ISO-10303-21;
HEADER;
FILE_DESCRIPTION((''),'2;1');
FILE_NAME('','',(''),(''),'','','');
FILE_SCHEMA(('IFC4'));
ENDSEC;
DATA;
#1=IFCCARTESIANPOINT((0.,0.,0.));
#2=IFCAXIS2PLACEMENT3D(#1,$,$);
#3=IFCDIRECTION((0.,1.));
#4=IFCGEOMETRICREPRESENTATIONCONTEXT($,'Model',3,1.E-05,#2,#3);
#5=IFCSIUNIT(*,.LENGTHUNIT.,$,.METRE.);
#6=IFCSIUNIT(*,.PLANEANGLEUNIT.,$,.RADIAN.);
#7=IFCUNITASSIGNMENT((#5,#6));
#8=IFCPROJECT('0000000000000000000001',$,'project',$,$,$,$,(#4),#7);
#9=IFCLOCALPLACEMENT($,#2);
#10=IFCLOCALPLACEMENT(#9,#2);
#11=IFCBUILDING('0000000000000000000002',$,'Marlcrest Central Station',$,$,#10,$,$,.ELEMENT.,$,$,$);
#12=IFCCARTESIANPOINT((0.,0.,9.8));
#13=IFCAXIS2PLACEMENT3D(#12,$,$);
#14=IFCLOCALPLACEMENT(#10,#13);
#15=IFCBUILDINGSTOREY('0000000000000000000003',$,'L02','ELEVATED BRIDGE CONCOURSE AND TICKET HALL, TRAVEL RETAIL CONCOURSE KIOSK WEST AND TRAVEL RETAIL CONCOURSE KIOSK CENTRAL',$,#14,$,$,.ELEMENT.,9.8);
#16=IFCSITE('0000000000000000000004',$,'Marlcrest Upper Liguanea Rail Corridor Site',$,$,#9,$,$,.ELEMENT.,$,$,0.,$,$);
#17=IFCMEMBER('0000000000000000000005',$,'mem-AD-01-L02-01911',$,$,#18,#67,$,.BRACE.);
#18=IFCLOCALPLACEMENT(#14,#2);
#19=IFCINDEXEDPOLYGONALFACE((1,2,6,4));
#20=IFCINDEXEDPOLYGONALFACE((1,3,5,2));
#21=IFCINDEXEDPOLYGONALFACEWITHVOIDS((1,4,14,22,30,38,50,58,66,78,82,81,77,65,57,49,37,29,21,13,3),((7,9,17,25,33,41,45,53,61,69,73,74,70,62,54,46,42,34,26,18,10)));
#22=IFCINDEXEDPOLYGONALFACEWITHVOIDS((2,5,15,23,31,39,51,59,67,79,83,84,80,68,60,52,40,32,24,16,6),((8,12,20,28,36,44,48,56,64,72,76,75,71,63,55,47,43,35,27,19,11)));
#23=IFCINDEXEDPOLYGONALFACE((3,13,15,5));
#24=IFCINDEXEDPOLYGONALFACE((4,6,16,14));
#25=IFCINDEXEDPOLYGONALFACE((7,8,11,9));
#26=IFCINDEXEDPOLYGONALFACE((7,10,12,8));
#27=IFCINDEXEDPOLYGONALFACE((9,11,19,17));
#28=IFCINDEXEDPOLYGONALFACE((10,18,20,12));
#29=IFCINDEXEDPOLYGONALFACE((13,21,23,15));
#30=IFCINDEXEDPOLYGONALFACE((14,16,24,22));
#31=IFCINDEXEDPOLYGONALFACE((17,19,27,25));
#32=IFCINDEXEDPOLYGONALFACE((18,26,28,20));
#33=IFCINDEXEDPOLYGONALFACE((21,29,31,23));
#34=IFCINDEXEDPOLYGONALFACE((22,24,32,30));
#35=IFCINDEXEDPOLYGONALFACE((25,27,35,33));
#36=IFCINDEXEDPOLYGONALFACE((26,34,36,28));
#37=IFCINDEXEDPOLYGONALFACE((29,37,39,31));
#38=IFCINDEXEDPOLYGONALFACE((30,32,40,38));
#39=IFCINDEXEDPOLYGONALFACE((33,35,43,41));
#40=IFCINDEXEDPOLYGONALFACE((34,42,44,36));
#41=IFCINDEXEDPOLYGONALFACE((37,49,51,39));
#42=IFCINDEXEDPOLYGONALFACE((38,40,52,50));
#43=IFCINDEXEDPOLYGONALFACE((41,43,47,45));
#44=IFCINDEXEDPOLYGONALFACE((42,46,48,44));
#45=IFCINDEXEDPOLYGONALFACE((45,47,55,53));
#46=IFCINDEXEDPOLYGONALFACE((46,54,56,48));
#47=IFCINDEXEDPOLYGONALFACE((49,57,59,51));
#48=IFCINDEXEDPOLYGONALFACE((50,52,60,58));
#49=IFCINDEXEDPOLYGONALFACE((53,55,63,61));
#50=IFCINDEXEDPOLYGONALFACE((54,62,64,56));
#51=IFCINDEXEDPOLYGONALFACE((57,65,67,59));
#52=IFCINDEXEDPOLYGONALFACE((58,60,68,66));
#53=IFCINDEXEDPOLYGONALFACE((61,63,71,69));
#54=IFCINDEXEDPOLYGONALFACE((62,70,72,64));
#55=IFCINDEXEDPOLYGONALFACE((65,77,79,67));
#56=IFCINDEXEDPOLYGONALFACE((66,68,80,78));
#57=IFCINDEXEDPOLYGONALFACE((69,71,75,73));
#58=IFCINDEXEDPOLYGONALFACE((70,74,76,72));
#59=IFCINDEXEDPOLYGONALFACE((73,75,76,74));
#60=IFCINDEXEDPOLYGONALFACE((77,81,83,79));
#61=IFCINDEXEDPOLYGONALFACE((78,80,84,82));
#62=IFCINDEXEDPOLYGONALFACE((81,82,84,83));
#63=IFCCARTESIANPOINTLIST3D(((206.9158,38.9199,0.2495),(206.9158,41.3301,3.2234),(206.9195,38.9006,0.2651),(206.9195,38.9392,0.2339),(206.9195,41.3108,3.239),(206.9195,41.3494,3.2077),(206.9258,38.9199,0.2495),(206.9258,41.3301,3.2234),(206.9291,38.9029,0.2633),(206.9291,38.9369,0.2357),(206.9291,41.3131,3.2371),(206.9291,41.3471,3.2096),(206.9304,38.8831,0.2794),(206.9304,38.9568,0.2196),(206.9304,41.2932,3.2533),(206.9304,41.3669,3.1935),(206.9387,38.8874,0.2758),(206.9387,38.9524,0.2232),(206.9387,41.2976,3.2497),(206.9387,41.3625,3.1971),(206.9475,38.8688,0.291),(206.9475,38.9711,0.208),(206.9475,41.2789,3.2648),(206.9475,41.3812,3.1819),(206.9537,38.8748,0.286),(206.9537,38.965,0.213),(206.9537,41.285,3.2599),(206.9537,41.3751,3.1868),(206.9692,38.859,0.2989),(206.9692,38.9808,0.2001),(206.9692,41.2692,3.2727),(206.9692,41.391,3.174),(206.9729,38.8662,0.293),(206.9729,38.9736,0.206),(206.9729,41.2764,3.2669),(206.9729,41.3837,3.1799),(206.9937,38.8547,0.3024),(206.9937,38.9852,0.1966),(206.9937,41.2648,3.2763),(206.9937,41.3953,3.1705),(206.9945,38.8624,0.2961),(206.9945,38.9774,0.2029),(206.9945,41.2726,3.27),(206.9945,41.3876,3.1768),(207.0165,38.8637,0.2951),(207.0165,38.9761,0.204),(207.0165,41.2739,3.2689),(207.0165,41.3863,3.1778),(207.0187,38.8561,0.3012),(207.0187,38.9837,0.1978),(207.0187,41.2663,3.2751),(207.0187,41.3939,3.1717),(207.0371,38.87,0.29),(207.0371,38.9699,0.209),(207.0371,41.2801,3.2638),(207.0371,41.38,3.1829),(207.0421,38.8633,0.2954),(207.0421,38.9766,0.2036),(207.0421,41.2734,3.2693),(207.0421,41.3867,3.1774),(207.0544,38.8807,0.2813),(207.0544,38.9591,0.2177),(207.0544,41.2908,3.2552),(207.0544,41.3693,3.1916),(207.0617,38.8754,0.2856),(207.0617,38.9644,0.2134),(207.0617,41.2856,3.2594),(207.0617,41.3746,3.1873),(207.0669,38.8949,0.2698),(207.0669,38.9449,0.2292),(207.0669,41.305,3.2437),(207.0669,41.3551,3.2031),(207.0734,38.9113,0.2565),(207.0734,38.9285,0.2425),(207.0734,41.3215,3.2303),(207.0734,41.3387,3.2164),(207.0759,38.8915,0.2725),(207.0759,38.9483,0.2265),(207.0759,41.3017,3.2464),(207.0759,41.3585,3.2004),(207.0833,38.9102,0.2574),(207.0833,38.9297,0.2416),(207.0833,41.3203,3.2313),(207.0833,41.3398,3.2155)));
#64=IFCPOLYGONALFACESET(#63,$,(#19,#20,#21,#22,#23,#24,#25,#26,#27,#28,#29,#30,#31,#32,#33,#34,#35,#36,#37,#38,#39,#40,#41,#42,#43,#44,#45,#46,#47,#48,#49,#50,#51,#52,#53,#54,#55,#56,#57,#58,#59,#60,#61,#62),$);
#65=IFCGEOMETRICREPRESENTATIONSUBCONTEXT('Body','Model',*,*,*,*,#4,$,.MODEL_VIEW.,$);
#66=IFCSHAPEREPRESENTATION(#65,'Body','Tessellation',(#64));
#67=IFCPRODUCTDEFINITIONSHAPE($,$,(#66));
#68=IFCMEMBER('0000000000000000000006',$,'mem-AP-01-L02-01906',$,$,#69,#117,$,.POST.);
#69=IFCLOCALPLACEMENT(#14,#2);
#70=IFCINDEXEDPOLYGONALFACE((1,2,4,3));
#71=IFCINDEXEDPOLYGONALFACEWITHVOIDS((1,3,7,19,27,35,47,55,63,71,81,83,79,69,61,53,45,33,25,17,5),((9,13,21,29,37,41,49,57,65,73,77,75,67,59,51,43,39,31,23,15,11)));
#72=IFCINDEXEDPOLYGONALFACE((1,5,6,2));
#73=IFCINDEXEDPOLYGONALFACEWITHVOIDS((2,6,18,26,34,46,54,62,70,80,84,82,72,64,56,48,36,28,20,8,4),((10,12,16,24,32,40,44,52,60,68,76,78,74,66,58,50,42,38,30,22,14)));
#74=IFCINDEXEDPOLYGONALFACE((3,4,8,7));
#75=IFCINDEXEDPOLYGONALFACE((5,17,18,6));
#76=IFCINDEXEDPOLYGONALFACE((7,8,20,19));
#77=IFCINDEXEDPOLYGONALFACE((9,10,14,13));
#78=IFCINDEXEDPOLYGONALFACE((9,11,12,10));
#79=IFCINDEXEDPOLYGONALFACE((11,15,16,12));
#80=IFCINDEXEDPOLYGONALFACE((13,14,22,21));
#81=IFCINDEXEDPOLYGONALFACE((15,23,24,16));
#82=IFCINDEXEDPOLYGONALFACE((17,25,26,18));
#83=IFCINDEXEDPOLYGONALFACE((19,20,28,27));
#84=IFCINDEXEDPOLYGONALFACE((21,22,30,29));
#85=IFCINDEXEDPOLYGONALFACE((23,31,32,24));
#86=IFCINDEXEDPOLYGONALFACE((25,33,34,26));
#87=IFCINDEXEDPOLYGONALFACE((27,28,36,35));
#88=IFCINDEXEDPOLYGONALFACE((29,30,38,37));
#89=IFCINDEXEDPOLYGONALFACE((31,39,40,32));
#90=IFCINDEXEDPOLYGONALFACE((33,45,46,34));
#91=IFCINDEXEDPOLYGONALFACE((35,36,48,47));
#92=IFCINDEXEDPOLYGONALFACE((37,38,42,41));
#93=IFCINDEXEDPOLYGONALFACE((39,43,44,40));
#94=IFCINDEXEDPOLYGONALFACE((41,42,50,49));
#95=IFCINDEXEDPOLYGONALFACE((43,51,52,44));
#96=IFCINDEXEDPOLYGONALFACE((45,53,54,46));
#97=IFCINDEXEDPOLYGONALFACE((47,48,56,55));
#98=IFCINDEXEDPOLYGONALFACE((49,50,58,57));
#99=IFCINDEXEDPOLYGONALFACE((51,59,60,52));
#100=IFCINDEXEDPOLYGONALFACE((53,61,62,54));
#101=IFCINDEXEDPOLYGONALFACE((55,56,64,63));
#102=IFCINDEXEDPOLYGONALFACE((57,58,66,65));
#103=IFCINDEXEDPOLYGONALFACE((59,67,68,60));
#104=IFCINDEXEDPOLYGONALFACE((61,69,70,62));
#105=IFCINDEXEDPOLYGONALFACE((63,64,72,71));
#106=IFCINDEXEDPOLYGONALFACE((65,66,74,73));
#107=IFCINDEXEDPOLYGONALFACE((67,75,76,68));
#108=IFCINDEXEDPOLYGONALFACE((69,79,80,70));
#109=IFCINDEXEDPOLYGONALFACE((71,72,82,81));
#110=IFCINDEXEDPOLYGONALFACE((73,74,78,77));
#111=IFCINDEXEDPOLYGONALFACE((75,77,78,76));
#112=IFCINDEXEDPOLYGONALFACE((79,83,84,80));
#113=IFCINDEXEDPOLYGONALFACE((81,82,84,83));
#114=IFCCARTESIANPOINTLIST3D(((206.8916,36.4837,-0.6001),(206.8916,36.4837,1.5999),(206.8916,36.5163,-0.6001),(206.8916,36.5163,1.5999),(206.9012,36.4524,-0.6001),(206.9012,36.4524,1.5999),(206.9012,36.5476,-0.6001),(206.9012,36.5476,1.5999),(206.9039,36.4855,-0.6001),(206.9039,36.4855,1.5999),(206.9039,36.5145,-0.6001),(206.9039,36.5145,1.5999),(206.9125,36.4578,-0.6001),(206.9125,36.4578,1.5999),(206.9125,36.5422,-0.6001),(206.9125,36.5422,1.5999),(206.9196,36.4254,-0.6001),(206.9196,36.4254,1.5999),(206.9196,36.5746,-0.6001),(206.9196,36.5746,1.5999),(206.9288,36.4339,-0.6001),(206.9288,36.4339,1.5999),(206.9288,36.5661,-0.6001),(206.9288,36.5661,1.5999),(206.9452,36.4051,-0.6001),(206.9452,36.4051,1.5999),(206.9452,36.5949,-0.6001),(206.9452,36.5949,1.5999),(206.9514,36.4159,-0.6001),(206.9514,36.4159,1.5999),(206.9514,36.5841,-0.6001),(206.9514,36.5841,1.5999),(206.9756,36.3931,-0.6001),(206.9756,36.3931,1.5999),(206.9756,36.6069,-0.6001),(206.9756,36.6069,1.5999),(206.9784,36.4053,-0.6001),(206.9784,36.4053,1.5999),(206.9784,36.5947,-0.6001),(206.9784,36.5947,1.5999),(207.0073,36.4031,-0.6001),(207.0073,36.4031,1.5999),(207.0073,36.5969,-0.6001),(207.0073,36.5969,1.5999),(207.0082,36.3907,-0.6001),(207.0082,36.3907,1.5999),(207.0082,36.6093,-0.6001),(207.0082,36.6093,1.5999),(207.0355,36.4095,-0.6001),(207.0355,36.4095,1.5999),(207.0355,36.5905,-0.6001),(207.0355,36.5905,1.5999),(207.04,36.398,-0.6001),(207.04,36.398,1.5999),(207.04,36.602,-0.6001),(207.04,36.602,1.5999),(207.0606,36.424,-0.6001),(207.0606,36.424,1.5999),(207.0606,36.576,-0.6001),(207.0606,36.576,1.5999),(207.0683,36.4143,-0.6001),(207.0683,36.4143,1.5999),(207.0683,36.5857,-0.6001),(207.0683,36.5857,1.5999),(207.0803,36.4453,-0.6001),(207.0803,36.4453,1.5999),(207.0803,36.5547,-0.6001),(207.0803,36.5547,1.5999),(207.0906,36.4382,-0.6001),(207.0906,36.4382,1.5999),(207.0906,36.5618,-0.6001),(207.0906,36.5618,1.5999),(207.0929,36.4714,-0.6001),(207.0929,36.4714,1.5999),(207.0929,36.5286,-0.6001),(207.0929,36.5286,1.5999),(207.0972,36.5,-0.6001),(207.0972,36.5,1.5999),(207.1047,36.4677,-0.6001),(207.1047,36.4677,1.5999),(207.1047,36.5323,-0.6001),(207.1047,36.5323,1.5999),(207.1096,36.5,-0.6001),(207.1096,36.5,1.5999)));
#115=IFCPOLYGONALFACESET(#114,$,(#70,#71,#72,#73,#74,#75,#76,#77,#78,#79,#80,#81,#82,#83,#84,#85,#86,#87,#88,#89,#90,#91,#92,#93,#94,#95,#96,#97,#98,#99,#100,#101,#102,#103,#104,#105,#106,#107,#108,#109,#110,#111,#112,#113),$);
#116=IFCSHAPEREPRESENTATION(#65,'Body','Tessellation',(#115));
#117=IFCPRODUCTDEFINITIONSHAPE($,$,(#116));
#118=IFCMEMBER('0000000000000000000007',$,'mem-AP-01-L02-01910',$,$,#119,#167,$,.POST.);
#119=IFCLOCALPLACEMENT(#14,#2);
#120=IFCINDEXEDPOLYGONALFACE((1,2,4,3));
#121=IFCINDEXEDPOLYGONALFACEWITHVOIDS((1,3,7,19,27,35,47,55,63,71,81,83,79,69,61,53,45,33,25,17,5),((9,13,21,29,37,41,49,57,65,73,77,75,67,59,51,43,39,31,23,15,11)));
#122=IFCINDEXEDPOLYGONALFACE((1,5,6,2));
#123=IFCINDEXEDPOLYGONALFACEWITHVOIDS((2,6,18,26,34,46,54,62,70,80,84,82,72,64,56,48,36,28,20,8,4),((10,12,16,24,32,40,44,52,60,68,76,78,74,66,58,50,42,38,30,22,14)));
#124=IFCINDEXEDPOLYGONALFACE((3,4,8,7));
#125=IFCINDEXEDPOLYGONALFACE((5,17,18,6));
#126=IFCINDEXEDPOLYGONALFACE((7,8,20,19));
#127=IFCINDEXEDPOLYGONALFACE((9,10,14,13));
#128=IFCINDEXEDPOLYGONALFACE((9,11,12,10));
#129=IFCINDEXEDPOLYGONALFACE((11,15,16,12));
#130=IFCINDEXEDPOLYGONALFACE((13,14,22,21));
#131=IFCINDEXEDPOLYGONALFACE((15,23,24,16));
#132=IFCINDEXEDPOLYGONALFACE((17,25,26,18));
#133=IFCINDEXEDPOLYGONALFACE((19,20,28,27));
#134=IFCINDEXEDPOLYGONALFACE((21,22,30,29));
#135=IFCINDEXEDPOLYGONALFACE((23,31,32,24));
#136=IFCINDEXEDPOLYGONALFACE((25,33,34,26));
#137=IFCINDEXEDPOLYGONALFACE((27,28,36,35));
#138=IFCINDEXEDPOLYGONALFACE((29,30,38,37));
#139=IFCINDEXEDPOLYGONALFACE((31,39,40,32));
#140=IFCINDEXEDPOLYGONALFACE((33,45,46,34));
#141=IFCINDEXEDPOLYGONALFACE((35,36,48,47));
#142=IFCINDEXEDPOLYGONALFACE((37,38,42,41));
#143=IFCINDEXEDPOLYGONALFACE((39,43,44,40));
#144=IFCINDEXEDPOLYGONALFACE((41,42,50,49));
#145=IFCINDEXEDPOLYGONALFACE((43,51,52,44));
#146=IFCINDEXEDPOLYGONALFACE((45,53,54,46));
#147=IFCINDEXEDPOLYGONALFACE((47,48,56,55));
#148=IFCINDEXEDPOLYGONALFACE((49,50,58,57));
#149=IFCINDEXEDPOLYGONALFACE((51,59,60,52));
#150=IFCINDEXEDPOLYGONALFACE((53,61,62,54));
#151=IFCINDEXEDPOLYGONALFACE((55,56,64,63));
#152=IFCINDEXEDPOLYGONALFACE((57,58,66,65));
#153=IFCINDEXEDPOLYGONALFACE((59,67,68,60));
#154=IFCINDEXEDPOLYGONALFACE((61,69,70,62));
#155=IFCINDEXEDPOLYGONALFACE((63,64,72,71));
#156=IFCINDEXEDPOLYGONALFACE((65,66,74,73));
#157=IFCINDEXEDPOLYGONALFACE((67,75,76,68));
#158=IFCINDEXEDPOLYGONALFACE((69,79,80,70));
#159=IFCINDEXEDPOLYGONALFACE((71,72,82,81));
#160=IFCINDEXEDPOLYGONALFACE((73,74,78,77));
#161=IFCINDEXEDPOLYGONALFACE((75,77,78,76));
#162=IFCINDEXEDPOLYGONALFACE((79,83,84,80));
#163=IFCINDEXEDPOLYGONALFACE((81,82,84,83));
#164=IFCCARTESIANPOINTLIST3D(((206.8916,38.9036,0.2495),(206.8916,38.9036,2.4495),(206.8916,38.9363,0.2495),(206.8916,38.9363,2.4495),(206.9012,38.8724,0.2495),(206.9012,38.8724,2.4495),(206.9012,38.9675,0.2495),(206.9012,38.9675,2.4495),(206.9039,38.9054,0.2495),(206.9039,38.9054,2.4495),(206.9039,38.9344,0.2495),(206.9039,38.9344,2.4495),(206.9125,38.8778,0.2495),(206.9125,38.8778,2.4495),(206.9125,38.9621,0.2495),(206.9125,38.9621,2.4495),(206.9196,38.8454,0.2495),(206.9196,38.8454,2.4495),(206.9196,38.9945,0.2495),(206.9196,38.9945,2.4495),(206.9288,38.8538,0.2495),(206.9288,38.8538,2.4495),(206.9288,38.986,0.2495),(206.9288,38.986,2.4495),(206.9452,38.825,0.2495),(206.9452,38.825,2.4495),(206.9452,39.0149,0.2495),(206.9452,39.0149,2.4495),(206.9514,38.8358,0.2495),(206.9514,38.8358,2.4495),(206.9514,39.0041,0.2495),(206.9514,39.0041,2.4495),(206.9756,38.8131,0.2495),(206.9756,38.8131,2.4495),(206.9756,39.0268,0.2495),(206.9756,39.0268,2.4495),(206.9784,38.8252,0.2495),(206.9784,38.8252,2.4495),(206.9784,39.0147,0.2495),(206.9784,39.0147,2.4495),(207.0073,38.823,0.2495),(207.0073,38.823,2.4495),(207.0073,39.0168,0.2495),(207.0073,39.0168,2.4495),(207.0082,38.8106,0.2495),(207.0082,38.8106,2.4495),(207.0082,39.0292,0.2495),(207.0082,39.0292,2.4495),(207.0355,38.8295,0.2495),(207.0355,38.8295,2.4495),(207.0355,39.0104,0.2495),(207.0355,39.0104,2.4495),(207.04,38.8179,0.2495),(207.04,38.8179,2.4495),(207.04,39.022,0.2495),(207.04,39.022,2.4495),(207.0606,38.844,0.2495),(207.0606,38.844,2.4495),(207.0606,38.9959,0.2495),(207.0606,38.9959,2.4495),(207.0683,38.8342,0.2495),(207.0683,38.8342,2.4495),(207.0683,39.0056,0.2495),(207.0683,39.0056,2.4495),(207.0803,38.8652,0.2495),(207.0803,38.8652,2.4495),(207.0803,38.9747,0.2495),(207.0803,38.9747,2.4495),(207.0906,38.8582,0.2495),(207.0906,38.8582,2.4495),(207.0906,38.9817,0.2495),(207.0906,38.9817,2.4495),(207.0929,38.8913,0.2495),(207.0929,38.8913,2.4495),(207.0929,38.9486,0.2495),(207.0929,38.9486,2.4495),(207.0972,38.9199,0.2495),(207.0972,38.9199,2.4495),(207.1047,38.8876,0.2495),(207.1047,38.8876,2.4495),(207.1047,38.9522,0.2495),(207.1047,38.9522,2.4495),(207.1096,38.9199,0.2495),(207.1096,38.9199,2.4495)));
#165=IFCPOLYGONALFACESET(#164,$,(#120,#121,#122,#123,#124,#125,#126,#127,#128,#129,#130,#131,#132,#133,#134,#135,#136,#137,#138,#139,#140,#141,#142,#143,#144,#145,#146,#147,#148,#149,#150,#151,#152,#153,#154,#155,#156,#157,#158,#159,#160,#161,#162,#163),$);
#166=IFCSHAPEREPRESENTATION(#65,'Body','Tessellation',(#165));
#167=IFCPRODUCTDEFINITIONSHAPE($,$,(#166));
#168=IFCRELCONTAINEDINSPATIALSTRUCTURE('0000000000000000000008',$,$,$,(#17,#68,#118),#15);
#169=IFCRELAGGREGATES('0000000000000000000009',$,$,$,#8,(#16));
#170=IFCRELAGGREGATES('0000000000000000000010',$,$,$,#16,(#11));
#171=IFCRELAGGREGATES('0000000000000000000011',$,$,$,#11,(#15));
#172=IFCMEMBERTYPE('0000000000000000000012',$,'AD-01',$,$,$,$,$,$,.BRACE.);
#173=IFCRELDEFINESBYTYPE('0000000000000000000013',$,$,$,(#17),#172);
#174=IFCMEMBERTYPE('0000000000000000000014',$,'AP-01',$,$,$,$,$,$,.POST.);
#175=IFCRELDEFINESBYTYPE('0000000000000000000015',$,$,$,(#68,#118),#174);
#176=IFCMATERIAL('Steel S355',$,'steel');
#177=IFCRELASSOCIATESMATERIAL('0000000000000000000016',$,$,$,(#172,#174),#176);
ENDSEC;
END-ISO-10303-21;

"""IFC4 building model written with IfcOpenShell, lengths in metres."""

from ifc_helpers import new_model, si_unit, direction, frame, origin, origin_2d, place, context, subcontext, project, spatial, hollow_circle, extrude, material, material_profile, profile_set, type_object, element, save


model = new_model("IFC4")

# Units and contexts
model_context = context("Model", 3, precision=1e-05, world=origin(), true_north=direction((0.0, 1.0)))
body_context = subcontext(model_context, "Body", "Model", "MODEL_VIEW")
ifc_project = project(units=[si_unit("LENGTHUNIT", "METRE"), si_unit("PLANEANGLEUNIT", "RADIAN")], contexts=[model_context])

# Site, building, storey
site_placement = place(None, origin())
site = spatial("IfcSite", under=ifc_project, at=site_placement, Name="Marlcrest Upper Liguanea Rail Corridor Site", CompositionType="ELEMENT", RefElevation=0.0)
building_placement = place(site_placement, origin())
building = spatial("IfcBuilding", under=site, at=building_placement, Name="Marlcrest Central Station", CompositionType="ELEMENT")
storey_placement = place(building_placement, frame((0.0, 0.0, 9.8)))
storey = spatial("IfcBuildingStorey", under=building, at=storey_placement, Name="L02", Description="ELEVATED BRIDGE CONCOURSE AND TICKET HALL, TRAVEL RETAIL CONCOURSE KIOSK WEST AND TRAVEL RETAIL CONCOURSE KIOSK CENTRAL", CompositionType="ELEMENT", Elevation=9.8)

# Members
ifc_material_1 = material(Name="Steel S355", Category="steel")
ifc_material_profile_1 = material_profile(ifc_material_1, hollow_circle(Radius=0.0842, WallThickness=0.01, at=origin_2d()), Name="CHS 168.3x10")
ifc_profile_set_1 = profile_set([ifc_material_profile_1], Name="Steel S355")
member_type_1 = type_object("IfcMemberType", Name="AD-01", PredefinedType="BRACE", material=ifc_profile_set_1)
member_1_placement = place(storey_placement, frame((207.0, 38.9199, 0.2495), z_axis=(0.0, 0.629629, 0.776896), x_axis=(-1.0, 0.0, 0.0)))
element("IfcMember", 1, at=member_1_placement, inside=storey, type_object=member_type_1, Name="mem-AD-01-L02-01911", PredefinedType="BRACE", context=body_context, shape_type="SweptSolid", body=[
    extrude(hollow_circle(Radius=0.0842, WallThickness=0.01, at=origin_2d()), origin(), (0.0, 0.0, 1.0), 3.8279),
])
ifc_material_profile_2 = material_profile(ifc_material_1, hollow_circle(Radius=0.1096, WallThickness=0.0125, at=origin_2d()), Name="CHS 219.1x12.5")
ifc_profile_set_2 = profile_set([ifc_material_profile_2], Name="Steel S355")
member_type_2 = type_object("IfcMemberType", Name="AP-01", PredefinedType="POST", material=ifc_profile_set_2)
for number, where, z_axis, x_axis, name in (
    (2, (207.0, 36.5, -0.6001), (0.0, 0.0, 1.0), (1.0, 0.0, 0.0), "mem-AP-01-L02-01906"),
    (3, (207.0, 38.9199, 0.2495), (0.0, 0.0, 1.0), (1.0, 0.0, 0.0), "mem-AP-01-L02-01910"),
):
    element("IfcMember", number, at=place(storey_placement, frame(where, z_axis=z_axis, x_axis=x_axis)), inside=storey, type_object=member_type_2, Name=name, PredefinedType="POST", context=body_context, shape_type="SweptSolid", body=[
        extrude(hollow_circle(Radius=0.1096, WallThickness=0.0125, at=origin_2d()), origin(), (0.0, 0.0, 1.0), 2.2),
    ])

save(model, "model.ifc")
